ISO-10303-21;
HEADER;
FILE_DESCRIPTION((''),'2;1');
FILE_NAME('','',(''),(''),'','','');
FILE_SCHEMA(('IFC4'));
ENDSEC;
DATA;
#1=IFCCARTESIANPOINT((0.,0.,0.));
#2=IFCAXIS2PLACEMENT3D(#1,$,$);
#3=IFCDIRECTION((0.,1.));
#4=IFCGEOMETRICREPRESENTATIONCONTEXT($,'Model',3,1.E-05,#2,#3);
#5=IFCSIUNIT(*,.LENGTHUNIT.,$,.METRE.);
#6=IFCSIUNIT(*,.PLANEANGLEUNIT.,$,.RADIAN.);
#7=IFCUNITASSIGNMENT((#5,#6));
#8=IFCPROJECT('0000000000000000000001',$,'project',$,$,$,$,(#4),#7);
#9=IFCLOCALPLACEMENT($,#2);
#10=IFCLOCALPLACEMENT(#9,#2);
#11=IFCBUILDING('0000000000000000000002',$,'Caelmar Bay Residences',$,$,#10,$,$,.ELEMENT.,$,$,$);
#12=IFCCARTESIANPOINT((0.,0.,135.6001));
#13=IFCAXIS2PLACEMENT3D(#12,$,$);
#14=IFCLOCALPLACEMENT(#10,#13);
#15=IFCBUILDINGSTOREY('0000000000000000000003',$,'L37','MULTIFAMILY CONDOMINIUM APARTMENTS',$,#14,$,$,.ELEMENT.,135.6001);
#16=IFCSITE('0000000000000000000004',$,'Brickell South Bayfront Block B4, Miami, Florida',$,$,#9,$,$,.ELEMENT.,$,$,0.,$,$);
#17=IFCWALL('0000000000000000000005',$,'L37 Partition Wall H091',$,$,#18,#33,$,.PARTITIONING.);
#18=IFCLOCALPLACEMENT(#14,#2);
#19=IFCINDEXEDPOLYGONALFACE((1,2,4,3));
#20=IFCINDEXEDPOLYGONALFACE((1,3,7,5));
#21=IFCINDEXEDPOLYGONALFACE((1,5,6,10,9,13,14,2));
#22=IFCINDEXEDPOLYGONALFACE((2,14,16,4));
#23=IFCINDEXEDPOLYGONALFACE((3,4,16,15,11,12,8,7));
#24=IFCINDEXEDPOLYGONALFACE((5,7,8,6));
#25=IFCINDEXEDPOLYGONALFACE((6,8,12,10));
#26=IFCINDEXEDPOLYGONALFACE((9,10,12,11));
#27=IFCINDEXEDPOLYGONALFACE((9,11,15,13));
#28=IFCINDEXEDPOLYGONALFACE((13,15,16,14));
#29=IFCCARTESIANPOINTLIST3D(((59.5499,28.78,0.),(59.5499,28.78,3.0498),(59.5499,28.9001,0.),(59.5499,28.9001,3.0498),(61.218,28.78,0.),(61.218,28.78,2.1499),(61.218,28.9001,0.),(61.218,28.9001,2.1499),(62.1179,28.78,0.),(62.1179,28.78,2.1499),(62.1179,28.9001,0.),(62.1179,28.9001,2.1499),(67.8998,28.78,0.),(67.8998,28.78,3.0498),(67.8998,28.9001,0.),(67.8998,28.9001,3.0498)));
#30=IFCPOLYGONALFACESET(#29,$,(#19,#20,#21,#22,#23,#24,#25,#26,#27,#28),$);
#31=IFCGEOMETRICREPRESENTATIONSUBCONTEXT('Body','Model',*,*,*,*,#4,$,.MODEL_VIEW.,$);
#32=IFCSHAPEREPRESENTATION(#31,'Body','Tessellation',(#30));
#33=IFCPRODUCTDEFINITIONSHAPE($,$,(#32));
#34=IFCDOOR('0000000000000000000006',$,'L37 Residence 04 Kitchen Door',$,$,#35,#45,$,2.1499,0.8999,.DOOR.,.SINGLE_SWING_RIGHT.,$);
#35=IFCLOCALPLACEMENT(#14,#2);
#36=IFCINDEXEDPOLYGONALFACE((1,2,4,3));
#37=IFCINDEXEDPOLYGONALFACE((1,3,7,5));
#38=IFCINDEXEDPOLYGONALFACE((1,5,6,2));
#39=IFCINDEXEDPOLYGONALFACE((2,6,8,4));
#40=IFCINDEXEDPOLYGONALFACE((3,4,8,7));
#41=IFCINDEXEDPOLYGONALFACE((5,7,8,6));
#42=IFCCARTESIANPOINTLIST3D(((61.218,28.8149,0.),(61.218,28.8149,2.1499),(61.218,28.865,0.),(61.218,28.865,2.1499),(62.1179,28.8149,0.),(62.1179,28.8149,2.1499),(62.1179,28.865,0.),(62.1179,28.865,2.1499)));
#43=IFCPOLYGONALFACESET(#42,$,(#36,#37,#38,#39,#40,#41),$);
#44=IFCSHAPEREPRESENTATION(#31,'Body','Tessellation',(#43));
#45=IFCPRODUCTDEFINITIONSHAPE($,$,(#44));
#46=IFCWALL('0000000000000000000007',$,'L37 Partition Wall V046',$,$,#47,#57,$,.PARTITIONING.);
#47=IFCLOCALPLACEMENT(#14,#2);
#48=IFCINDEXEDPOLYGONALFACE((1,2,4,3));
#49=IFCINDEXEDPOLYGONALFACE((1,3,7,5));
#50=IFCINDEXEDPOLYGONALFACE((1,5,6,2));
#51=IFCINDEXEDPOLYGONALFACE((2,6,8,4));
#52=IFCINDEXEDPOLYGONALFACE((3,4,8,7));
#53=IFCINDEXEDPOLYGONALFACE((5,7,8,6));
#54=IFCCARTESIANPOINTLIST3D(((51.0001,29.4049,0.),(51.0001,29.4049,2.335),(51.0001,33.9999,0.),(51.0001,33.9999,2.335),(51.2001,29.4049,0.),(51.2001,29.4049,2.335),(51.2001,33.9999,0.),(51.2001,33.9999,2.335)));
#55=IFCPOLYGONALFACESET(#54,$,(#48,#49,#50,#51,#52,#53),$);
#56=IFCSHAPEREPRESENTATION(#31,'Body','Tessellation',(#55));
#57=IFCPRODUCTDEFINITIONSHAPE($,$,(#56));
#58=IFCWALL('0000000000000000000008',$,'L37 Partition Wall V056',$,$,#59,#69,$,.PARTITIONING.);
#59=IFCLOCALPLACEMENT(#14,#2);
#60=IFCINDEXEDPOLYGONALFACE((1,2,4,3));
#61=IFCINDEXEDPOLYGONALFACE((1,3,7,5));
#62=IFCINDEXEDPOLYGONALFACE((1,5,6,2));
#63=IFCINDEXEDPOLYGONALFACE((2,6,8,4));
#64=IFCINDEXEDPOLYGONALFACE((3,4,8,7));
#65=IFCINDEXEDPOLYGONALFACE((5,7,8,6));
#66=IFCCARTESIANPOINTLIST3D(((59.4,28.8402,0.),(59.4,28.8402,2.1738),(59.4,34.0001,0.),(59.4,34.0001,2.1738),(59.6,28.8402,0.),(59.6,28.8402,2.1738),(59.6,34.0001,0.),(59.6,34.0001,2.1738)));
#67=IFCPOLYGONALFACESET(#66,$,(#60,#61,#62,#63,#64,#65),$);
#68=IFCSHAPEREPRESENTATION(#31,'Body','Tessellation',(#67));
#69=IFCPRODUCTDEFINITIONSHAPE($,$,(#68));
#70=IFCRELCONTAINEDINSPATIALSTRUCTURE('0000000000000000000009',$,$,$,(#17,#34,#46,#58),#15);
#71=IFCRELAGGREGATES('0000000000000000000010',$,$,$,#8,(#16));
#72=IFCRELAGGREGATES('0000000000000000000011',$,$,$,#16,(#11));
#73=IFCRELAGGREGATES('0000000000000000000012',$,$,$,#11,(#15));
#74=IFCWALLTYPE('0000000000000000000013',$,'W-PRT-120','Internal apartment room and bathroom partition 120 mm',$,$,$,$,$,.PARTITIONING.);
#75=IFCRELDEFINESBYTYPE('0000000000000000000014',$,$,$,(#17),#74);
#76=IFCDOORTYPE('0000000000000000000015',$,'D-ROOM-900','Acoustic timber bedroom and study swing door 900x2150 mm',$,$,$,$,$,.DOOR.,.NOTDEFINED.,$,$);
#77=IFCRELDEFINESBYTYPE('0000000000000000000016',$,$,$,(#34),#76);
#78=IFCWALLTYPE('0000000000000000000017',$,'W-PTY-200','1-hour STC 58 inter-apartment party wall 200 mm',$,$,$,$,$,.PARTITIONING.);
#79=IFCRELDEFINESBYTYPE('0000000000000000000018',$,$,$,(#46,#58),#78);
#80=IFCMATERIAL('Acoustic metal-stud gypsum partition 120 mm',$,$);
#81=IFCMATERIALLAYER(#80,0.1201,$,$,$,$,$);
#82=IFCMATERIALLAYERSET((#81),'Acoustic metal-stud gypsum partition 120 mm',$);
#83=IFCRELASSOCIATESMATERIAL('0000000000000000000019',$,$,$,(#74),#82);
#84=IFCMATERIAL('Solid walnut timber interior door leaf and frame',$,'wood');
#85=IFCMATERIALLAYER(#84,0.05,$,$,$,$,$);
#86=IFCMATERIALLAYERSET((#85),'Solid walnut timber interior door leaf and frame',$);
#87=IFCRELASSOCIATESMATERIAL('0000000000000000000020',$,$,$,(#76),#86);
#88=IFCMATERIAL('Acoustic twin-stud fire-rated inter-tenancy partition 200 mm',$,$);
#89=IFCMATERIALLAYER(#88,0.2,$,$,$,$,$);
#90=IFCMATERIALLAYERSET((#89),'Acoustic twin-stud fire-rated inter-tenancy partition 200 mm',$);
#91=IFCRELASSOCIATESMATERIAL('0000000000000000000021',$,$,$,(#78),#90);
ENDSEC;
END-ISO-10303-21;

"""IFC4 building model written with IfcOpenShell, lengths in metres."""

from ifc_helpers import new_model, si_unit, direction, frame, frame_2d, origin, place, context, subcontext, project, spatial, rectangle, extrude, material, layer, layer_set, type_object, element, fill, save


model = new_model("IFC4")

# Units and contexts
model_context = context("Model", 3, precision=1e-05, world=origin(), true_north=direction((0.0, 1.0)))
body_context = subcontext(model_context, "Body", "Model", "MODEL_VIEW")
ifc_project = project(units=[si_unit("LENGTHUNIT", "METRE"), si_unit("PLANEANGLEUNIT", "RADIAN")], contexts=[model_context])

# Site, building, storey
site_placement = place(None, origin())
site = spatial("IfcSite", under=ifc_project, at=site_placement, Name="Brickell South Bayfront Block B4, Miami, Florida", CompositionType="ELEMENT", RefElevation=0.0)
building_placement = place(site_placement, origin())
building = spatial("IfcBuilding", under=site, at=building_placement, Name="Caelmar Bay Residences", CompositionType="ELEMENT")
storey_placement = place(building_placement, frame((0.0, 0.0, 135.6001)))
storey = spatial("IfcBuildingStorey", under=building, at=storey_placement, Name="L37", Description="MULTIFAMILY CONDOMINIUM APARTMENTS", CompositionType="ELEMENT", Elevation=135.6001)

# Shared definitions
ifc_material_1 = material(Name="Acoustic metal-stud gypsum partition 120 mm")
ifc_layer_1 = layer(ifc_material_1, 0.1201)
ifc_layer_set_1 = layer_set([ifc_layer_1], Name="Acoustic metal-stud gypsum partition 120 mm")
wall_type_1 = type_object("IfcWallType", Name="W-PRT-120", Description="Internal apartment room and bathroom partition 120 mm", PredefinedType="PARTITIONING", material=ifc_layer_set_1)
ifc_material_2 = material(Name="Solid walnut timber interior door leaf and frame", Category="wood")
ifc_layer_2 = layer(ifc_material_2, 0.05)
ifc_layer_set_2 = layer_set([ifc_layer_2], Name="Solid walnut timber interior door leaf and frame")
door_type_1 = type_object("IfcDoorType", Name="D-ROOM-900", Description="Acoustic timber bedroom and study swing door 900x2150 mm", OperationType="NOTDEFINED", PredefinedType="DOOR", material=ifc_layer_set_2)

# Wall, opening, door
wall_1_placement = place(storey_placement, frame((59.55, 28.8401, 0.0), z_axis=(0.0, 0.0, 1.0), x_axis=(1.0, 0.0, 0.0)))
wall_1 = element("IfcWall", 1, at=wall_1_placement, inside=storey, type_object=wall_type_1, Name="L37 Partition Wall H091", PredefinedType="PARTITIONING", context=body_context, shape_type="SweptSolid", body=[
    extrude(rectangle(XDim=8.3499, YDim=0.1201, at=frame_2d((4.1748, 0.0))), origin(), (0.0, 0.0, 1.0), 3.0498),
])
opening_1_placement = place(wall_1_placement, frame((1.668, 0.0, 0.0)))
opening_1 = element("IfcOpeningElement", 2, at=opening_1_placement, cuts=wall_1, PredefinedType="OPENING", context=body_context, shape_type="SweptSolid", body=[
    extrude(rectangle(XDim=0.8999, YDim=2.1499, at=frame_2d((0.45, 1.075))), frame((0.0, 0.0701, 0.0), z_axis=(0.0, -1.0, 0.0), x_axis=(1.0, 0.0, 0.0)), (0.0, 0.0, 1.0), 0.1401),
])
door_1_placement = place(opening_1_placement, origin())
door_1 = element("IfcDoor", 3, at=door_1_placement, inside=storey, type_object=door_type_1, Name="L37 Residence 04 Kitchen Door", OperationType="SINGLE_SWING_RIGHT", OverallHeight=2.1499, OverallWidth=0.8999, PredefinedType="DOOR", context=body_context, shape_type="SweptSolid", body=[
    extrude(rectangle(XDim=0.8999, YDim=2.1499, at=frame_2d((0.45, 1.075))), frame((0.0, 0.0249, 0.0), z_axis=(0.0, -1.0, 0.0), x_axis=(1.0, 0.0, 0.0)), (0.0, 0.0, 1.0), 0.05),
])
fill(opening_1, door_1)

# Walls
ifc_material_3 = material(Name="Acoustic twin-stud fire-rated inter-tenancy partition 200 mm")
ifc_layer_3 = layer(ifc_material_3, 0.2)
ifc_layer_set_3 = layer_set([ifc_layer_3], Name="Acoustic twin-stud fire-rated inter-tenancy partition 200 mm")
wall_type_2 = type_object("IfcWallType", Name="W-PTY-200", Description="1-hour STC 58 inter-apartment party wall 200 mm", PredefinedType="PARTITIONING", material=ifc_layer_set_3)
wall_2_placement = place(storey_placement, frame((51.1001, 29.405, 0.0), z_axis=(0.0, 0.0, 1.0), x_axis=(0.0, 1.0, 0.0)))
element("IfcWall", 4, at=wall_2_placement, inside=storey, type_object=wall_type_2, Name="L37 Partition Wall V046", PredefinedType="PARTITIONING", context=body_context, shape_type="SweptSolid", body=[
    extrude(rectangle(XDim=4.595, YDim=0.2, at=frame_2d((2.2974, 0.0))), origin(), (0.0, 0.0, 1.0), 2.335),
])
wall_3_placement = place(storey_placement, frame((59.5, 28.8401, 0.0), z_axis=(0.0, 0.0, 1.0), x_axis=(0.0, 1.0, 0.0)))
element("IfcWall", 5, at=wall_3_placement, inside=storey, type_object=wall_type_2, Name="L37 Partition Wall V056", PredefinedType="PARTITIONING", context=body_context, shape_type="SweptSolid", body=[
    extrude(rectangle(XDim=5.1599, YDim=0.2, at=frame_2d((2.5801, 0.0))), origin(), (0.0, 0.0, 1.0), 2.1738),
])

save(model, "model.ifc")
